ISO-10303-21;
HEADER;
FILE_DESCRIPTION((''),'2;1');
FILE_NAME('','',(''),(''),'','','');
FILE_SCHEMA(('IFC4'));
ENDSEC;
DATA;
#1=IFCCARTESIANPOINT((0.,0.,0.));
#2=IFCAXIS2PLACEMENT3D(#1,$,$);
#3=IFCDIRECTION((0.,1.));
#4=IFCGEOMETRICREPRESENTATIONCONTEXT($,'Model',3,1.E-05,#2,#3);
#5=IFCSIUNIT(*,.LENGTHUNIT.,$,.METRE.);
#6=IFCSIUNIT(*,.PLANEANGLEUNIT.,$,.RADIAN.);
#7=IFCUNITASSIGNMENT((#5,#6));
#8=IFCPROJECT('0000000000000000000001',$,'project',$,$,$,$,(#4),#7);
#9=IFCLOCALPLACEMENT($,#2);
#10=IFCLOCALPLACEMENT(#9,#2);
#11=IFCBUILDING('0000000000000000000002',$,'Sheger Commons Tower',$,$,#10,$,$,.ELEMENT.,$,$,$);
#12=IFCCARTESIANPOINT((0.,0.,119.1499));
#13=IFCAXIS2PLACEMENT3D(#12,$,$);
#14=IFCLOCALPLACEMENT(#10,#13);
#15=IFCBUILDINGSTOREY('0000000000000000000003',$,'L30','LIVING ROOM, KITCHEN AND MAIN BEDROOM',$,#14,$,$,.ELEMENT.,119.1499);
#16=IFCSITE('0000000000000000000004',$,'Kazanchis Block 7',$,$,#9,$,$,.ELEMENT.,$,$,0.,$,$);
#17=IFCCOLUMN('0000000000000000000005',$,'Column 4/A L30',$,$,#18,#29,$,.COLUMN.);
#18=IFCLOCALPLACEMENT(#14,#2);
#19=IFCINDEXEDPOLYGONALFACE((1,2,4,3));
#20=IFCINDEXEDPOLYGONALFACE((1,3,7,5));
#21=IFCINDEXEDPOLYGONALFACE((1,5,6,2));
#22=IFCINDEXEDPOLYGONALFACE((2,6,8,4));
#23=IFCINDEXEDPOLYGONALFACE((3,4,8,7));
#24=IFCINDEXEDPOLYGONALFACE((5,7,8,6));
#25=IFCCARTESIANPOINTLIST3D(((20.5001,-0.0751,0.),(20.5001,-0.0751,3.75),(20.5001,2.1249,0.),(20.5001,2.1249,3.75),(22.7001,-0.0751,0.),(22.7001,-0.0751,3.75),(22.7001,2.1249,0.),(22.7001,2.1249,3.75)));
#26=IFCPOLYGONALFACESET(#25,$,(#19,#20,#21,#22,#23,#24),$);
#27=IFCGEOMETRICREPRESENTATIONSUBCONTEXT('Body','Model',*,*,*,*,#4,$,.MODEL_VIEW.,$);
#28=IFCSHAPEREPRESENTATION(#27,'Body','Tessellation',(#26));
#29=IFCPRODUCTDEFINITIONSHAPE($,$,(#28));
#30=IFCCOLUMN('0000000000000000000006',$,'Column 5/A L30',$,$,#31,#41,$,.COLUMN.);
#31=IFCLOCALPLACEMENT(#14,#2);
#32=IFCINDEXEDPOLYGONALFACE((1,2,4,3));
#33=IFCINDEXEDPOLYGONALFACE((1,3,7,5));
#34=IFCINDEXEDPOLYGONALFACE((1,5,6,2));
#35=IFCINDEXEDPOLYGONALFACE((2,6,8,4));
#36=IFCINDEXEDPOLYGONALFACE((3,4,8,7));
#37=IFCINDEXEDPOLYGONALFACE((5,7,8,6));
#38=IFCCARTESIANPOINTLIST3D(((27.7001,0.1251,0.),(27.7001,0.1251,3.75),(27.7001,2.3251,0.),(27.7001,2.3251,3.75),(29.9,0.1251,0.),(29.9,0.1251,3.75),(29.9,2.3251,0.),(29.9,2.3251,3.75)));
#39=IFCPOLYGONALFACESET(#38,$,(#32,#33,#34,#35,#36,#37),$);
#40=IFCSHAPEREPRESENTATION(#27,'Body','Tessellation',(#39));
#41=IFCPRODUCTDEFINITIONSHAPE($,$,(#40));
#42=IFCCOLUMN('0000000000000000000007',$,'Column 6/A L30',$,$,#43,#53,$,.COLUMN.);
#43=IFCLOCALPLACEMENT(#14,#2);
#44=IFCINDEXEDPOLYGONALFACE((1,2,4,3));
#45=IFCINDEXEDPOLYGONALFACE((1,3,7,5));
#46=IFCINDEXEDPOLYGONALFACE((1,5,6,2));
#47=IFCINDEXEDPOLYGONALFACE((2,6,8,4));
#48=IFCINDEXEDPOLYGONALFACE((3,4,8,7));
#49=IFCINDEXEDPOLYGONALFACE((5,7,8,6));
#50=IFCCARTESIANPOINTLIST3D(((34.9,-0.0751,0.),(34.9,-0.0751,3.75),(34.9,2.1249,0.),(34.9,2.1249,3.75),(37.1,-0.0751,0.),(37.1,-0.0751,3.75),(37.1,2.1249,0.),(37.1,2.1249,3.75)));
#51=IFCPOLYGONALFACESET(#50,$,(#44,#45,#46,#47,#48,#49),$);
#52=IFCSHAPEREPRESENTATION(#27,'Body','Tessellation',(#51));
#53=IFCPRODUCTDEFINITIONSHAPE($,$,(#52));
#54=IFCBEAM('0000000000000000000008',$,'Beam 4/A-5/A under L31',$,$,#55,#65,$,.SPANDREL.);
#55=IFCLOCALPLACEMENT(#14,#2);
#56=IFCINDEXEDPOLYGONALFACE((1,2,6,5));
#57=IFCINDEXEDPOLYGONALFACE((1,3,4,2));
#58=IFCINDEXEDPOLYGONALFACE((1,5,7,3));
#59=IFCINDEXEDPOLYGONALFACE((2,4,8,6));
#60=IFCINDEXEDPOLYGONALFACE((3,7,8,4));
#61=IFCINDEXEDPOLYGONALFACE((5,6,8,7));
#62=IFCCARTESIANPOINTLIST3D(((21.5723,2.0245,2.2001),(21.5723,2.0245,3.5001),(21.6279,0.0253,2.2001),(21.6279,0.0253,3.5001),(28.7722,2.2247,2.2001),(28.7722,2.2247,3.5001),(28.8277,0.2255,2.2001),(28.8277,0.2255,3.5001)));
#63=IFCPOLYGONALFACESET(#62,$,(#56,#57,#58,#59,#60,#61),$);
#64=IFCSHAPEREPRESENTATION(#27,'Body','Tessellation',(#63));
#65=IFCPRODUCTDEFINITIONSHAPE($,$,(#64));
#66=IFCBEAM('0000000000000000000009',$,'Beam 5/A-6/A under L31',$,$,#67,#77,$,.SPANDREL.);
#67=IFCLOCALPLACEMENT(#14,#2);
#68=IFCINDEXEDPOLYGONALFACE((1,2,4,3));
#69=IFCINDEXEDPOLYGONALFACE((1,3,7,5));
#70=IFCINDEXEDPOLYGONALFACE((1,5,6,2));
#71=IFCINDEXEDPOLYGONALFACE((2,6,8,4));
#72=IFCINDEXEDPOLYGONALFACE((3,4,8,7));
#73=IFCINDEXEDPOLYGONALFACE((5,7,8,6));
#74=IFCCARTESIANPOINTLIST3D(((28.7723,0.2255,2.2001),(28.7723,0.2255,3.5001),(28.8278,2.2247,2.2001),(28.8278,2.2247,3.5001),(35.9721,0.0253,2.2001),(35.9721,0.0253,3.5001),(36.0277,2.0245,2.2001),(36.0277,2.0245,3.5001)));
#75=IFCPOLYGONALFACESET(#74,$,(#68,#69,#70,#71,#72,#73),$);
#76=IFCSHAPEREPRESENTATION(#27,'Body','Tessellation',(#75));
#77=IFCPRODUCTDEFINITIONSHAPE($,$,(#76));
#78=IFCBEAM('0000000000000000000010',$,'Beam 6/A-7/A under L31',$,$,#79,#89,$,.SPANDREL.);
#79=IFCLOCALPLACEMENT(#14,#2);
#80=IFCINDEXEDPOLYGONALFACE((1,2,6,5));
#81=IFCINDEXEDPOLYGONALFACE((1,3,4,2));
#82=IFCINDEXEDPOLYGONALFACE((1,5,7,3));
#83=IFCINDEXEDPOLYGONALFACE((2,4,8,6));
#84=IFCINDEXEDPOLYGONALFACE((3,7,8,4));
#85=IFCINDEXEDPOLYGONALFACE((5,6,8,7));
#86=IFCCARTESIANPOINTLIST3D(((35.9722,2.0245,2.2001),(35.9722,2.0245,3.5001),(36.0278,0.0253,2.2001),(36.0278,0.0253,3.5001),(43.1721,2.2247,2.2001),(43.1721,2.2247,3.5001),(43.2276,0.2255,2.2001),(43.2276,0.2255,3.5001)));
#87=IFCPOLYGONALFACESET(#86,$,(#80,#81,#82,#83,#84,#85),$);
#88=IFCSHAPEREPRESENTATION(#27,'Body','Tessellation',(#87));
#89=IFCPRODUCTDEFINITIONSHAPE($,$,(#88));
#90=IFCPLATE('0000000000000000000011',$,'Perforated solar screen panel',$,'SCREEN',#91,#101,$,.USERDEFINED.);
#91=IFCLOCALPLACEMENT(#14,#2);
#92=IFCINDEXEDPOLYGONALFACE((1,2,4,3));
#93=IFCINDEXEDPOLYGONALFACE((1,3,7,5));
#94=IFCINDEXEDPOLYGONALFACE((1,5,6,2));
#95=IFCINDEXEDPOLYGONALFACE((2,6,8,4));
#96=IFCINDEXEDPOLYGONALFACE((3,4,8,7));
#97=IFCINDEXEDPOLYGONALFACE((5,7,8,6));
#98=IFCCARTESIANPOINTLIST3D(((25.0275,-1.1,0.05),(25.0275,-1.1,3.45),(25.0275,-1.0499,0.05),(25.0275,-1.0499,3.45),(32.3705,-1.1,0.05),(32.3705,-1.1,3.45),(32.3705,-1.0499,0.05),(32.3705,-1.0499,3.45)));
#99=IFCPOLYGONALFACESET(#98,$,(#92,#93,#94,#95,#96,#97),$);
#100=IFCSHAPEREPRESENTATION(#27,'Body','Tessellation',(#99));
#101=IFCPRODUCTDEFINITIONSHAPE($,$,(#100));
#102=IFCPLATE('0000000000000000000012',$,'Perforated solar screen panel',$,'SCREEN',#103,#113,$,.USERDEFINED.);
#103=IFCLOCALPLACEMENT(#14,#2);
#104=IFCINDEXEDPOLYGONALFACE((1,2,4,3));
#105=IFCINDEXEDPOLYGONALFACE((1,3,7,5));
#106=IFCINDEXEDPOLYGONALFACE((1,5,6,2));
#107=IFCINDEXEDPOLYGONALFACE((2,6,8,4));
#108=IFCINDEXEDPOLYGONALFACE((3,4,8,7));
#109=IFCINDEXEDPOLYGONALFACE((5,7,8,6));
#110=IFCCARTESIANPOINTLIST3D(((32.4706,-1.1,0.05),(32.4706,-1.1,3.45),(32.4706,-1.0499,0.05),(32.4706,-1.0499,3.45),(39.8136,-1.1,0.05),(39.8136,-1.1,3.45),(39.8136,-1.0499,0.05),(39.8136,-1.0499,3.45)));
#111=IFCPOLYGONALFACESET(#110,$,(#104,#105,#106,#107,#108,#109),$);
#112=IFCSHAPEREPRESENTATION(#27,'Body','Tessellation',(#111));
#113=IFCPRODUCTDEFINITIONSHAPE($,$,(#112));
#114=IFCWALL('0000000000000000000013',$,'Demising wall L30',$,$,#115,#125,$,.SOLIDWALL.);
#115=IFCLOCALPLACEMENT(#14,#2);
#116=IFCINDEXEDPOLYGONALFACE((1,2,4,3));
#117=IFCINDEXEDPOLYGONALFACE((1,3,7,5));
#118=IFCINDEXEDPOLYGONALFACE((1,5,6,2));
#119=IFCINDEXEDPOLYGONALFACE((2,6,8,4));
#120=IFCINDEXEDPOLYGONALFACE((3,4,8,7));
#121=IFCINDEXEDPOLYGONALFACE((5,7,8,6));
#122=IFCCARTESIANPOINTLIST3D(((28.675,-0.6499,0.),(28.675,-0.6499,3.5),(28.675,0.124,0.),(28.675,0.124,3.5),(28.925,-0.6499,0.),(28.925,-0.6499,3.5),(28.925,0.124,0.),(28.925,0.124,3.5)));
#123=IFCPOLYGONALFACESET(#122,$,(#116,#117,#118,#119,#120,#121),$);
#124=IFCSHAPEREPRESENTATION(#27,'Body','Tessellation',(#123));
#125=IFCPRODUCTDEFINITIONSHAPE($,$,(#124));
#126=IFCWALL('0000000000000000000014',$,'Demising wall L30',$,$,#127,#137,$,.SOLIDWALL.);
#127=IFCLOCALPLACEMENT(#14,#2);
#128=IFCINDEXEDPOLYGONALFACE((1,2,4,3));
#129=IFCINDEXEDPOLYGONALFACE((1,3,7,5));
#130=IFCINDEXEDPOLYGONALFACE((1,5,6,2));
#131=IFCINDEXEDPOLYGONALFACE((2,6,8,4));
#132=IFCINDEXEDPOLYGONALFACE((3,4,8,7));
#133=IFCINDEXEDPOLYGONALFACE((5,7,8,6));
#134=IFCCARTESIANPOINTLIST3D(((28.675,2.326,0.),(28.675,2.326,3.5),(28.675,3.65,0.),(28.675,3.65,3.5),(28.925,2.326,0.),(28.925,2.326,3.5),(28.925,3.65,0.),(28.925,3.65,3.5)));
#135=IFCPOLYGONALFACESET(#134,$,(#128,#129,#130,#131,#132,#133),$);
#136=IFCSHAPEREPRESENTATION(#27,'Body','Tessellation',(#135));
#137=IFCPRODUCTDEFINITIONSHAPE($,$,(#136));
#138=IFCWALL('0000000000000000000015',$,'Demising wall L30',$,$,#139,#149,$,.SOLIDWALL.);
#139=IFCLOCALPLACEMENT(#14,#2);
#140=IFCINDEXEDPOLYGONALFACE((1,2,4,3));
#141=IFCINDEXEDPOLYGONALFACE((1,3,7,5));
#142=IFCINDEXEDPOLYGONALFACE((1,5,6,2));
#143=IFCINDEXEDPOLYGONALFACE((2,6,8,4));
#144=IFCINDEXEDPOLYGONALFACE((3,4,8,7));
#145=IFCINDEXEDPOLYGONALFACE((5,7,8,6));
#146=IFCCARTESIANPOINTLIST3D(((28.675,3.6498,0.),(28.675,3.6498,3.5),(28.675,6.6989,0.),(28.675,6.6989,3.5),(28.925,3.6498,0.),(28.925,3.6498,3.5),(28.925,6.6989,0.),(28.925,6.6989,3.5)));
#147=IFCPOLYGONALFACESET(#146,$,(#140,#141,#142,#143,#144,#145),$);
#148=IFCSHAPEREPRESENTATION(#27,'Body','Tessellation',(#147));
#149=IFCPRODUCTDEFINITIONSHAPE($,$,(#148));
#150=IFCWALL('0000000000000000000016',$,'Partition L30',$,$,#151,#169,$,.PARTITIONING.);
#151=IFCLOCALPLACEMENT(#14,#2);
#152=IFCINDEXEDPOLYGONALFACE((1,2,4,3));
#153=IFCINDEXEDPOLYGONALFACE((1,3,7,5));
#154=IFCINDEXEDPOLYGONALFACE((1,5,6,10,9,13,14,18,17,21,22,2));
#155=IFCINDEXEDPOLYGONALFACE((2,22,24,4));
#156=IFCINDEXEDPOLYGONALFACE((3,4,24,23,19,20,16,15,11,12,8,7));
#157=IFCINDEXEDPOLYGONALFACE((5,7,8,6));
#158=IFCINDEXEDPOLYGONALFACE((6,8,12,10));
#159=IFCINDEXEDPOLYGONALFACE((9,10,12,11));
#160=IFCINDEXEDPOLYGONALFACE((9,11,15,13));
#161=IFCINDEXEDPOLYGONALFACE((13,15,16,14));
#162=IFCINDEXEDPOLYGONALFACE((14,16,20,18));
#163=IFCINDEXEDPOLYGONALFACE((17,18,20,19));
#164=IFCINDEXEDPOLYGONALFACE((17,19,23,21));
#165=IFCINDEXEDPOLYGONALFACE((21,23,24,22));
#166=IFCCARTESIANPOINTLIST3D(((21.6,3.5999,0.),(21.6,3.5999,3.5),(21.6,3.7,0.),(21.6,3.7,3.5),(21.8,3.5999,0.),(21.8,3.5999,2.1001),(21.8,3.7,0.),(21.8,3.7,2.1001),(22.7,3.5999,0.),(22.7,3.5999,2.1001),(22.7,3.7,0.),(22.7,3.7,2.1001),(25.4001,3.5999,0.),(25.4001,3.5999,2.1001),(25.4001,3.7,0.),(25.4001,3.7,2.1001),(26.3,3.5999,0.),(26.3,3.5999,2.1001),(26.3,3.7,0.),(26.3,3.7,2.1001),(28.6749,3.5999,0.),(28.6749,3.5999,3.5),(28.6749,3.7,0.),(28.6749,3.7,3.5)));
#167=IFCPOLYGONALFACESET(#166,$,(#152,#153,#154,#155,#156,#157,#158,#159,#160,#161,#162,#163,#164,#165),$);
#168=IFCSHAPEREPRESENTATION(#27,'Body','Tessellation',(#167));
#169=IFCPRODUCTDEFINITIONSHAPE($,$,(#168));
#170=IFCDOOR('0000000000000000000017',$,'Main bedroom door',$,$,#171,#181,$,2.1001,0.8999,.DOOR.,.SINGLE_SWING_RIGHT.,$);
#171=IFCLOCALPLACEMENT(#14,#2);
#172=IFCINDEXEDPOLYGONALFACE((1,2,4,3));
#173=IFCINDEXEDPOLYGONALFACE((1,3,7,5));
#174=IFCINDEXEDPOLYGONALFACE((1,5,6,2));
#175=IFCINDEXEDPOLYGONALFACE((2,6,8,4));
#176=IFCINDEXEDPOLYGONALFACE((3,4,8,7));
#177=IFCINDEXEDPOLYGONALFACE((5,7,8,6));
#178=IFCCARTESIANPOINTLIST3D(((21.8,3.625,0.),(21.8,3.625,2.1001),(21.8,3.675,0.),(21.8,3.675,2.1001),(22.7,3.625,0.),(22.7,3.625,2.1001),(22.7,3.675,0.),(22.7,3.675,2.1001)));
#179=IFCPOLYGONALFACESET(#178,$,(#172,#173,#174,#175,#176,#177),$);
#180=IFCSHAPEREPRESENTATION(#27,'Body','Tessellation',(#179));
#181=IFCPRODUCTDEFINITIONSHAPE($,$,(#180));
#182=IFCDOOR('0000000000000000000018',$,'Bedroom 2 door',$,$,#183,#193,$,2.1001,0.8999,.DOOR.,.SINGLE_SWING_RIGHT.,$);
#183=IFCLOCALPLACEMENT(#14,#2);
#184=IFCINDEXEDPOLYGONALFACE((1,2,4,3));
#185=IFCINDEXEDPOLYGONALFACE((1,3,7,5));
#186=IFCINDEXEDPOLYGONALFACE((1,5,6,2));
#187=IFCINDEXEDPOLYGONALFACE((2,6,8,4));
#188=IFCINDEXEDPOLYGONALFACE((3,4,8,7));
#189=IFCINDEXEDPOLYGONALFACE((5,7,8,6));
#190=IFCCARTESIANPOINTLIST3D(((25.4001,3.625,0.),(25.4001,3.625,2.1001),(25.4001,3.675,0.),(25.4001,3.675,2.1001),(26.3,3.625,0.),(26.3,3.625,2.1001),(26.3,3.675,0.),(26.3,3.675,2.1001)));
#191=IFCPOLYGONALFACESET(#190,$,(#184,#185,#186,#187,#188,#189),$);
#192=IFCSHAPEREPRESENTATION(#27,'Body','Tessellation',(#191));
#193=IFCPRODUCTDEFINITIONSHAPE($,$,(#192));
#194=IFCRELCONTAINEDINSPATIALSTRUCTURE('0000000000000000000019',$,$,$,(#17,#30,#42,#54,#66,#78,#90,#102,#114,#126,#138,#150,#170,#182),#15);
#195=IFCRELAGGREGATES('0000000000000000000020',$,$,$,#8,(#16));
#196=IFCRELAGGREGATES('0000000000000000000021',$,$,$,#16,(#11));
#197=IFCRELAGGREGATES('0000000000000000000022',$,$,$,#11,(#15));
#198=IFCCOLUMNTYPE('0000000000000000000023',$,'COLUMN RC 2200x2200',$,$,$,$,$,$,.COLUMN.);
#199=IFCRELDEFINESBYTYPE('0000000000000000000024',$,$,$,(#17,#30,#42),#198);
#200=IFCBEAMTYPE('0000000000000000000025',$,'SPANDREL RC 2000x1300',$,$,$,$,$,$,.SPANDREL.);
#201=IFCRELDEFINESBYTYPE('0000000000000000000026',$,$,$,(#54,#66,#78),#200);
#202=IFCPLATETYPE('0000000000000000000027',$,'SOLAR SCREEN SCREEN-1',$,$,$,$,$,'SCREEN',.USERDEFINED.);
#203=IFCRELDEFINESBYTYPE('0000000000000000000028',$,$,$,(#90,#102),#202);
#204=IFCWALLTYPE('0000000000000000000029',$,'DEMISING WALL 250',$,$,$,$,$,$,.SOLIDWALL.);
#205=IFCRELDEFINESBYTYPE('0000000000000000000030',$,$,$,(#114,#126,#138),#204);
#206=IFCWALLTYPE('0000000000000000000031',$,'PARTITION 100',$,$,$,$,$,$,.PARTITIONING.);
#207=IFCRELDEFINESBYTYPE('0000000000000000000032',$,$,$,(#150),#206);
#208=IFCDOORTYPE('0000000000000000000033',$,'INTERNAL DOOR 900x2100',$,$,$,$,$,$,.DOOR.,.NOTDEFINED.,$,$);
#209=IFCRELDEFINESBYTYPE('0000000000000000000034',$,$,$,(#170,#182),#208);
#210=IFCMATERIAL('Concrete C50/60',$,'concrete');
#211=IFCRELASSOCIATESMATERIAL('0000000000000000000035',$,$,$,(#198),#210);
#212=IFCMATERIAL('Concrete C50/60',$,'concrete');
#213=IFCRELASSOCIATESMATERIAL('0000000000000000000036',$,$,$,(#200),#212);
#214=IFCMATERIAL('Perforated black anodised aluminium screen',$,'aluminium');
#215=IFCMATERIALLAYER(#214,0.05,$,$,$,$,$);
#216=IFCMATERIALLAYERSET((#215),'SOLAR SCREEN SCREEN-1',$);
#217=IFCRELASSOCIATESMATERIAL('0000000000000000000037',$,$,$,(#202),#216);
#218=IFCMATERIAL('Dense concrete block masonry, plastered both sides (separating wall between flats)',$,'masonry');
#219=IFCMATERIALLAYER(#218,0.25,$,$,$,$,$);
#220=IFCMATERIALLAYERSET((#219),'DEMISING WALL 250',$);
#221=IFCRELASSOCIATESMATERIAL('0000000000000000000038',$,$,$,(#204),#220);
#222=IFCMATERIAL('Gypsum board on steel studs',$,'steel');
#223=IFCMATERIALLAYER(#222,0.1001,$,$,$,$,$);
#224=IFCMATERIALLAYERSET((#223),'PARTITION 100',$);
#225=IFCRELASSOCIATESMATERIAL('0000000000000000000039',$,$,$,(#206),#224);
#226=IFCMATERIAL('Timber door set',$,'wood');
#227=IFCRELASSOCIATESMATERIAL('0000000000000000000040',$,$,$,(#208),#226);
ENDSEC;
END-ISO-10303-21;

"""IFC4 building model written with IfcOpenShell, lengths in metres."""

from ifc_helpers import new_model, si_unit, direction, frame, frame_2d, origin, origin_2d, place, context, subcontext, project, spatial, rectangle, extrude, material, layer, layer_set, material_profile, profile_set, type_object, element, fill, save


model = new_model("IFC4")

# Units and contexts
model_context = context("Model", 3, precision=1e-05, world=origin(), true_north=direction((0.0, 1.0)))
body_context = subcontext(model_context, "Body", "Model", "MODEL_VIEW")
ifc_project = project(units=[si_unit("LENGTHUNIT", "METRE"), si_unit("PLANEANGLEUNIT", "RADIAN")], contexts=[model_context])

# Site, building, storey
site_placement = place(None, origin())
site = spatial("IfcSite", under=ifc_project, at=site_placement, Name="Kazanchis Block 7", CompositionType="ELEMENT", RefElevation=0.0)
building_placement = place(site_placement, origin())
building = spatial("IfcBuilding", under=site, at=building_placement, Name="Sheger Commons Tower", CompositionType="ELEMENT")
storey_placement = place(building_placement, frame((0.0, 0.0, 119.1499)))
storey = spatial("IfcBuildingStorey", under=building, at=storey_placement, Name="L30", Description="LIVING ROOM, KITCHEN AND MAIN BEDROOM", CompositionType="ELEMENT", Elevation=119.1499)

# Columns
ifc_material_1 = material(Name="Concrete C50/60", Category="concrete")
ifc_material_profile_1 = material_profile(ifc_material_1, rectangle(XDim=2.2, YDim=2.2, at=origin_2d()), Name="RC 2200x2200")
ifc_profile_set_1 = profile_set([ifc_material_profile_1], Name="Concrete C50/60")
column_type = type_object("IfcColumnType", Name="COLUMN RC 2200x2200", PredefinedType="COLUMN", material=ifc_profile_set_1)
for number, where, z_axis, x_axis, name in (
    (1, (21.6001, 1.0249, 0.0), (0.0, 0.0, 1.0), (1.0, 0.0, 0.0), "Column 4/A L30"),
    (2, (28.8, 1.2251, 0.0), (0.0, 0.0, 1.0), (1.0, 0.0, 0.0), "Column 5/A L30"),
    (3, (36.0, 1.0249, 0.0), (0.0, 0.0, 1.0), (1.0, 0.0, 0.0), "Column 6/A L30"),
):
    element("IfcColumn", number, at=place(storey_placement, frame(where, z_axis=z_axis, x_axis=x_axis)), inside=storey, type_object=column_type, Name=name, PredefinedType="COLUMN", context=body_context, shape_type="SweptSolid", body=[
        extrude(rectangle(XDim=2.2, YDim=2.2, at=origin_2d()), origin(), (0.0, 0.0, 1.0), 3.75),
    ])

# Beams
ifc_material_2 = material(Name="Concrete C50/60", Category="concrete")
ifc_material_profile_2 = material_profile(ifc_material_2, rectangle(XDim=2.0, YDim=1.3, at=origin_2d()), Name="RC 2000x1300")
ifc_profile_set_2 = profile_set([ifc_material_profile_2], Name="Concrete C50/60")
beam_type = type_object("IfcBeamType", Name="SPANDREL RC 2000x1300", PredefinedType="SPANDREL", material=ifc_profile_set_2)
for number, where, z_axis, x_axis, name in (
    (4, (21.6001, 1.0249, 2.8501), (0.999614, 0.027794, 0.0), (-0.027794, 0.999614, 0.0), "Beam 4/A-5/A under L31"),
    (5, (28.8, 1.2251, 2.8501), (0.999614, -0.027794, 0.0), (0.027794, 0.999614, 0.0), "Beam 5/A-6/A under L31"),
    (6, (36.0, 1.0249, 2.8501), (0.999614, 0.027794, 0.0), (-0.027794, 0.999614, 0.0), "Beam 6/A-7/A under L31"),
):
    element("IfcBeam", number, at=place(storey_placement, frame(where, z_axis=z_axis, x_axis=x_axis)), inside=storey, type_object=beam_type, Name=name, PredefinedType="SPANDREL", context=body_context, shape_type="SweptSolid", body=[
        extrude(rectangle(XDim=2.0, YDim=1.3, at=origin_2d()), origin(), (0.0, 0.0, 1.0), 7.2026),
    ])

# Plates
ifc_material_3 = material(Name="Perforated black anodised aluminium screen", Category="aluminium")
ifc_layer_1 = layer(ifc_material_3, 0.05)
ifc_layer_set_1 = layer_set([ifc_layer_1], Name="SOLAR SCREEN SCREEN-1")
plate_type = type_object("IfcPlateType", Name="SOLAR SCREEN SCREEN-1", ElementType="SCREEN", PredefinedType="USERDEFINED", material=ifc_layer_set_1)
for number, where, z_axis, x_axis, name in (
    (7, (28.699, -1.075, 0.05), (0.0, 0.0, 1.0), (1.0, 0.0, 0.0), "Perforated solar screen panel"),
    (8, (36.1421, -1.075, 0.05), (0.0, 0.0, 1.0), (1.0, 0.0, 0.0), "Perforated solar screen panel"),
):
    element("IfcPlate", number, at=place(storey_placement, frame(where, z_axis=z_axis, x_axis=x_axis)), inside=storey, type_object=plate_type, Name=name, ObjectType="SCREEN", PredefinedType="USERDEFINED", context=body_context, shape_type="SweptSolid", body=[
        extrude(rectangle(XDim=7.343, YDim=0.05, at=origin_2d()), origin(), (0.0, 0.0, 1.0), 3.3999),
    ])

# Walls
ifc_material_4 = material(Name="Dense concrete block masonry, plastered both sides (separating wall between flats)", Category="masonry")
ifc_layer_2 = layer(ifc_material_4, 0.25)
ifc_layer_set_2 = layer_set([ifc_layer_2], Name="DEMISING WALL 250")
wall_type_1 = type_object("IfcWallType", Name="DEMISING WALL 250", PredefinedType="SOLIDWALL", material=ifc_layer_set_2)
wall_1_placement = place(storey_placement, frame((28.8, -0.6499, 0.0), z_axis=(0.0, 0.0, 1.0), x_axis=(0.0, 1.0, 0.0)))
element("IfcWall", 9, at=wall_1_placement, inside=storey, type_object=wall_type_1, Name="Demising wall L30", PredefinedType="SOLIDWALL", context=body_context, shape_type="SweptSolid", body=[
    extrude(rectangle(XDim=0.7739, YDim=0.25, at=frame_2d((0.387, 0.0))), origin(), (0.0, 0.0, 1.0), 3.5),
])
wall_2_placement = place(storey_placement, frame((28.8, 2.3259, 0.0), z_axis=(0.0, 0.0, 1.0), x_axis=(0.0, 1.0, 0.0)))
element("IfcWall", 10, at=wall_2_placement, inside=storey, type_object=wall_type_1, Name="Demising wall L30", PredefinedType="SOLIDWALL", context=body_context, shape_type="SweptSolid", body=[
    extrude(rectangle(XDim=1.324, YDim=0.25, at=frame_2d((0.6621, 0.0))), origin(), (0.0, 0.0, 1.0), 3.5),
])
wall_3_placement = place(storey_placement, frame((28.8, 3.6499, 0.0), z_axis=(0.0, 0.0, 1.0), x_axis=(0.0, 1.0, 0.0)))
element("IfcWall", 11, at=wall_3_placement, inside=storey, type_object=wall_type_1, Name="Demising wall L30", PredefinedType="SOLIDWALL", context=body_context, shape_type="SweptSolid", body=[
    extrude(rectangle(XDim=3.0491, YDim=0.25, at=frame_2d((1.5244, 0.0))), origin(), (0.0, 0.0, 1.0), 3.5),
])

# Wall, openings, doors
ifc_material_5 = material(Name="Gypsum board on steel studs", Category="steel")
ifc_layer_3 = layer(ifc_material_5, 0.1001)
ifc_layer_set_3 = layer_set([ifc_layer_3], Name="PARTITION 100")
wall_type_2 = type_object("IfcWallType", Name="PARTITION 100", PredefinedType="PARTITIONING", material=ifc_layer_set_3)
wall_4_placement = place(storey_placement, frame((28.675, 3.6499, 0.0), z_axis=(0.0, 0.0, 1.0), x_axis=(-1.0, 0.0, 0.0)))
wall_4 = element("IfcWall", 12, at=wall_4_placement, inside=storey, type_object=wall_type_2, Name="Partition L30", PredefinedType="PARTITIONING", context=body_context, shape_type="SweptSolid", body=[
    extrude(rectangle(XDim=7.075, YDim=0.1001, at=frame_2d((3.5376, 0.0))), origin(), (0.0, 0.0, 1.0), 3.5),
])
opening_1_placement = place(wall_4_placement, frame((5.9751, 0.0, 0.0)))
opening_1 = element("IfcOpeningElement", 13, at=opening_1_placement, cuts=wall_4, PredefinedType="OPENING", context=body_context, shape_type="SweptSolid", body=[
    extrude(rectangle(XDim=0.8999, YDim=2.1001, at=frame_2d((0.45, 1.05))), frame((0.0, 0.0601, 0.0), z_axis=(0.0, -1.0, 0.0), x_axis=(1.0, 0.0, 0.0)), (0.0, 0.0, 1.0), 0.1201),
])
opening_2_placement = place(wall_4_placement, frame((2.375, 0.0, 0.0)))
opening_2 = element("IfcOpeningElement", 14, at=opening_2_placement, cuts=wall_4, PredefinedType="OPENING", context=body_context, shape_type="SweptSolid", body=[
    extrude(rectangle(XDim=0.8999, YDim=2.1001, at=frame_2d((0.45, 1.05))), frame((0.0, 0.0601, 0.0), z_axis=(0.0, -1.0, 0.0), x_axis=(1.0, 0.0, 0.0)), (0.0, 0.0, 1.0), 0.1201),
])
ifc_material_6 = material(Name="Timber door set", Category="wood")
door_type = type_object("IfcDoorType", Name="INTERNAL DOOR 900x2100", OperationType="NOTDEFINED", PredefinedType="DOOR", material=ifc_material_6)
door_1_placement = place(opening_1_placement, origin())
door_1 = element("IfcDoor", 15, at=door_1_placement, inside=storey, type_object=door_type, Name="Main bedroom door", OperationType="SINGLE_SWING_RIGHT", OverallHeight=2.1001, OverallWidth=0.8999, PredefinedType="DOOR", context=body_context, shape_type="SweptSolid", body=[
    extrude(rectangle(XDim=0.8999, YDim=2.1001, at=frame_2d((0.45, 1.05))), frame((0.0, 0.0249, 0.0), z_axis=(0.0, -1.0, 0.0), x_axis=(1.0, 0.0, 0.0)), (0.0, 0.0, 1.0), 0.05),
])
fill(opening_1, door_1)
door_2_placement = place(opening_2_placement, origin())
door_2 = element("IfcDoor", 16, at=door_2_placement, inside=storey, type_object=door_type, Name="Bedroom 2 door", OperationType="SINGLE_SWING_RIGHT", OverallHeight=2.1001, OverallWidth=0.8999, PredefinedType="DOOR", context=body_context, shape_type="SweptSolid", body=[
    extrude(rectangle(XDim=0.8999, YDim=2.1001, at=frame_2d((0.45, 1.05))), frame((0.0, 0.0249, 0.0), z_axis=(0.0, -1.0, 0.0), x_axis=(1.0, 0.0, 0.0)), (0.0, 0.0, 1.0), 0.05),
])
fill(opening_2, door_2)

save(model, "model.ifc")
